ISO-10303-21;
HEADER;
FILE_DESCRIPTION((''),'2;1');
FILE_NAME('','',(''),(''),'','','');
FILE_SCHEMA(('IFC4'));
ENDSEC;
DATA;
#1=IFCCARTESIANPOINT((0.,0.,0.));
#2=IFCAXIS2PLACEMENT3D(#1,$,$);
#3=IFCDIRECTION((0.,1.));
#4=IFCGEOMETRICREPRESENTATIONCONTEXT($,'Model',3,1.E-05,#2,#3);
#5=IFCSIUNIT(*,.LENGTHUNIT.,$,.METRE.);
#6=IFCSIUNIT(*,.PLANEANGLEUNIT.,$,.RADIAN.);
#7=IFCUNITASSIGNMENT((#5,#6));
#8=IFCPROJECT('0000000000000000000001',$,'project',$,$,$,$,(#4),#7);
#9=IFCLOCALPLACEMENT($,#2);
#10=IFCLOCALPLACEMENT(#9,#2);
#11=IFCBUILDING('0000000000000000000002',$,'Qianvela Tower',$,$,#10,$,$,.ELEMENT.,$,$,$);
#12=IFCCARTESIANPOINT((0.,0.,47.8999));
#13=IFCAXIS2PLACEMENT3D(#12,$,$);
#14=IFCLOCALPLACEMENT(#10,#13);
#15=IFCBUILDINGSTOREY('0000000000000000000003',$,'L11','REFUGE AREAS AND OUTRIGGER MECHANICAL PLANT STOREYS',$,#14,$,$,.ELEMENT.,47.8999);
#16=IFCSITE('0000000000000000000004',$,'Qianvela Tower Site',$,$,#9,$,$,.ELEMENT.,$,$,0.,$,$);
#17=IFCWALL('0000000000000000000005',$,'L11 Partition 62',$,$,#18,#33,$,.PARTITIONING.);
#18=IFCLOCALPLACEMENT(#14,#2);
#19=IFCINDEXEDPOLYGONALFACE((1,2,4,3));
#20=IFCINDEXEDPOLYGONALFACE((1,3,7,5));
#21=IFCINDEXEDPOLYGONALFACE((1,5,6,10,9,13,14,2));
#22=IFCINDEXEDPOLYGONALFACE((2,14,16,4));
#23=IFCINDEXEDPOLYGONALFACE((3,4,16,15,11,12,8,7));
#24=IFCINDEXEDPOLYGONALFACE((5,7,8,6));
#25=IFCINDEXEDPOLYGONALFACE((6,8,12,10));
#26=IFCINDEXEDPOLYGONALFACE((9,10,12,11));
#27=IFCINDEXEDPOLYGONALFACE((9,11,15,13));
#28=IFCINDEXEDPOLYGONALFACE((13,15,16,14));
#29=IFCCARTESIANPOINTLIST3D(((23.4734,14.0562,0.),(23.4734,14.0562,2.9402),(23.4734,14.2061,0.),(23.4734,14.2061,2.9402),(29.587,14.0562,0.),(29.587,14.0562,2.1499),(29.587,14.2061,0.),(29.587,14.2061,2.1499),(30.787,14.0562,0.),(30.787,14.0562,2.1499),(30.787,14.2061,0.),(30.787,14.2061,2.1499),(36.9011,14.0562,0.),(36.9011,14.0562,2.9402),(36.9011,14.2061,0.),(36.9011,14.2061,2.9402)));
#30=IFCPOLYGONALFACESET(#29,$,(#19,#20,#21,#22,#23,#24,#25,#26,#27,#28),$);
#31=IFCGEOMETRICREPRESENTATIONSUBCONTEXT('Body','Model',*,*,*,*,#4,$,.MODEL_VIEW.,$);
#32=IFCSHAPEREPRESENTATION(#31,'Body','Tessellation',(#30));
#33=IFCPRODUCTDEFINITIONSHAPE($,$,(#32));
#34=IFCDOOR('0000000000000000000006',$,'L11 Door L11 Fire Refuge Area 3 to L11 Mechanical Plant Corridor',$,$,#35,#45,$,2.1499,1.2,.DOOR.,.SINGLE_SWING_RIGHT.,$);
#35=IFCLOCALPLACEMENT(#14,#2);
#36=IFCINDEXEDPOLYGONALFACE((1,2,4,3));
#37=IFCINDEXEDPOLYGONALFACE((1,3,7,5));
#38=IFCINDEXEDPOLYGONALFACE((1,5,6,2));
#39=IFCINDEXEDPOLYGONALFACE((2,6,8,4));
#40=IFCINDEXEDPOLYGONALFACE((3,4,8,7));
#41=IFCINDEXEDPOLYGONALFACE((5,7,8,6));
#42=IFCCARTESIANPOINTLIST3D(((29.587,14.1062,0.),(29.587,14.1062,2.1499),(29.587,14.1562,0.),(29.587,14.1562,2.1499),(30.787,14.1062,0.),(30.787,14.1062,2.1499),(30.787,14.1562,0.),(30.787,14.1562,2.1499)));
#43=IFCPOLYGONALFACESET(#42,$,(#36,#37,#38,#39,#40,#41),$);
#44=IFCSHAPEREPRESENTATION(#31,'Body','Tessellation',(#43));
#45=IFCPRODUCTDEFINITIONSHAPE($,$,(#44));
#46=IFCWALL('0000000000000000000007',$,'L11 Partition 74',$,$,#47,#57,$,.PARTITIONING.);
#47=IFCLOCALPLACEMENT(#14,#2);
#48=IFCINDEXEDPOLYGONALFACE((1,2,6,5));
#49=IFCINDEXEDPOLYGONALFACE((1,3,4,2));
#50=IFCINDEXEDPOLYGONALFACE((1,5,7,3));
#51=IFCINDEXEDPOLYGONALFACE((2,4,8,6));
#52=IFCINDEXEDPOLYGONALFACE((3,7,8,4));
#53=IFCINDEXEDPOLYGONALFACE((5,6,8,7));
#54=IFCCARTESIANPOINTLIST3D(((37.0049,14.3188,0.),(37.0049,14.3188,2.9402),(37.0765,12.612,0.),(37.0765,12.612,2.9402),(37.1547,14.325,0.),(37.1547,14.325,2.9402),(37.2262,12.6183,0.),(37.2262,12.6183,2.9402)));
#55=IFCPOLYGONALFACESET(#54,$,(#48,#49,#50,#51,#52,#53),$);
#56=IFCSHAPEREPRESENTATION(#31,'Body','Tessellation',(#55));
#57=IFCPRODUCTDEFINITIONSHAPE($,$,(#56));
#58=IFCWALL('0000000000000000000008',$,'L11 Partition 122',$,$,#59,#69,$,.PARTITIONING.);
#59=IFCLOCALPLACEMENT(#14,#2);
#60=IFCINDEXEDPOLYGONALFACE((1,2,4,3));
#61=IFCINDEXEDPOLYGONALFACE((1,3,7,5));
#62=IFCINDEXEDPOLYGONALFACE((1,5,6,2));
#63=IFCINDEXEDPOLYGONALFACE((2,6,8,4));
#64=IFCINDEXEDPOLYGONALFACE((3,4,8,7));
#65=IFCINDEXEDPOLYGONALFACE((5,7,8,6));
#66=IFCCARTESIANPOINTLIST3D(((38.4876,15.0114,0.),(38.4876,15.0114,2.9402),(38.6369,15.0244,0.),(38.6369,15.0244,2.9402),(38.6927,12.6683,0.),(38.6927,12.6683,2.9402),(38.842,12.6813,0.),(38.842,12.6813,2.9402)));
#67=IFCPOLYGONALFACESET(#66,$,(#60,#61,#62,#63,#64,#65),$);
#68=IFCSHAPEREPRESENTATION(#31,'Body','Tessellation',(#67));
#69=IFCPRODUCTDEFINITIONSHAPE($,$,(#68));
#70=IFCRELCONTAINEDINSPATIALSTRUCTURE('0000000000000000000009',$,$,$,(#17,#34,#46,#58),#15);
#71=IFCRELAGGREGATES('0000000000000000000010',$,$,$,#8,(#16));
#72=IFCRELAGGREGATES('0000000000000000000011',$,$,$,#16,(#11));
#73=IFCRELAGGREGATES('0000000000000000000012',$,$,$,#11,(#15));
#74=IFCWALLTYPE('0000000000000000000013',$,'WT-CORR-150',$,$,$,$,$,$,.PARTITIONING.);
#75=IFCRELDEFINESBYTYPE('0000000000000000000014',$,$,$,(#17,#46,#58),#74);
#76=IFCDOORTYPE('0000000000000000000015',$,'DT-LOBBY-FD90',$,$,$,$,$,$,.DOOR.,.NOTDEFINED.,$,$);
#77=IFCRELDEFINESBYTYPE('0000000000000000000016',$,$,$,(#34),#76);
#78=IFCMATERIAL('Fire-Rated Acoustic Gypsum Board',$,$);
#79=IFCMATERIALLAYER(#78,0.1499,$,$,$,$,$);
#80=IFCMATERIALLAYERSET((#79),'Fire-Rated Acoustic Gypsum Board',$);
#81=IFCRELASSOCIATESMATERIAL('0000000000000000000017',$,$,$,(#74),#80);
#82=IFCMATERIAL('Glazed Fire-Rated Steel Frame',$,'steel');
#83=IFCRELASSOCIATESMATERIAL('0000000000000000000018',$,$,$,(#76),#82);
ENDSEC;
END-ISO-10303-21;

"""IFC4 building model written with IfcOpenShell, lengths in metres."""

from ifc_helpers import new_model, si_unit, direction, frame, frame_2d, origin, place, context, subcontext, project, spatial, rectangle, extrude, material, layer, layer_set, type_object, element, fill, save


model = new_model("IFC4")

# Units and contexts
model_context = context("Model", 3, precision=1e-05, world=origin(), true_north=direction((0.0, 1.0)))
body_context = subcontext(model_context, "Body", "Model", "MODEL_VIEW")
ifc_project = project(units=[si_unit("LENGTHUNIT", "METRE"), si_unit("PLANEANGLEUNIT", "RADIAN")], contexts=[model_context])

# Site, building, storey
site_placement = place(None, origin())
site = spatial("IfcSite", under=ifc_project, at=site_placement, Name="Qianvela Tower Site", CompositionType="ELEMENT", RefElevation=0.0)
building_placement = place(site_placement, origin())
building = spatial("IfcBuilding", under=site, at=building_placement, Name="Qianvela Tower", CompositionType="ELEMENT")
storey_placement = place(building_placement, frame((0.0, 0.0, 47.8999)))
storey = spatial("IfcBuildingStorey", under=building, at=storey_placement, Name="L11", Description="REFUGE AREAS AND OUTRIGGER MECHANICAL PLANT STOREYS", CompositionType="ELEMENT", Elevation=47.8999)

# Wall, opening, door
ifc_material_1 = material(Name="Fire-Rated Acoustic Gypsum Board")
ifc_layer_1 = layer(ifc_material_1, 0.1499)
ifc_layer_set_1 = layer_set([ifc_layer_1], Name="Fire-Rated Acoustic Gypsum Board")
wall_type = type_object("IfcWallType", Name="WT-CORR-150", PredefinedType="PARTITIONING", material=ifc_layer_set_1)
wall_1_placement = place(storey_placement, frame((36.9011, 14.1311, 0.0), z_axis=(0.0, 0.0, 1.0), x_axis=(-1.0, 0.0, 0.0)))
wall_1 = element("IfcWall", 1, at=wall_1_placement, inside=storey, type_object=wall_type, Name="L11 Partition 62", PredefinedType="PARTITIONING", context=body_context, shape_type="SweptSolid", body=[
    extrude(rectangle(XDim=13.4277, YDim=0.1499, at=frame_2d((6.7139, 0.0))), origin(), (0.0, 0.0, 1.0), 2.9402),
])
opening_placement = place(wall_1_placement, frame((6.114, 0.0, 0.0)))
opening = element("IfcOpeningElement", 2, at=opening_placement, cuts=wall_1, PredefinedType="OPENING", context=body_context, shape_type="SweptSolid", body=[
    extrude(rectangle(XDim=1.2, YDim=2.1499, at=frame_2d((0.6001, 1.075))), frame((0.0, 0.085, 0.0), z_axis=(0.0, -1.0, 0.0), x_axis=(1.0, 0.0, 0.0)), (0.0, 0.0, 1.0), 0.1699),
])
ifc_material_2 = material(Name="Glazed Fire-Rated Steel Frame", Category="steel")
door_type = type_object("IfcDoorType", Name="DT-LOBBY-FD90", OperationType="NOTDEFINED", PredefinedType="DOOR", material=ifc_material_2)
door_placement = place(opening_placement, origin())
door = element("IfcDoor", 3, at=door_placement, inside=storey, type_object=door_type, Name="L11 Door L11 Fire Refuge Area 3 to L11 Mechanical Plant Corridor", OperationType="SINGLE_SWING_RIGHT", OverallHeight=2.1499, OverallWidth=1.2, PredefinedType="DOOR", context=body_context, shape_type="SweptSolid", body=[
    extrude(rectangle(XDim=1.2, YDim=2.1499, at=frame_2d((0.6001, 1.075))), frame((0.0, 0.0249, 0.0), z_axis=(0.0, -1.0, 0.0), x_axis=(1.0, 0.0, 0.0)), (0.0, 0.0, 1.0), 0.05),
])
fill(opening, door)

# Walls
wall_2_placement = place(storey_placement, frame((37.0798, 14.3218, 0.0), z_axis=(0.0, 0.0, 1.0), x_axis=(0.041874, -0.999123, 0.0)))
element("IfcWall", 4, at=wall_2_placement, inside=storey, type_object=wall_type, Name="L11 Partition 74", PredefinedType="PARTITIONING", context=body_context, shape_type="SweptSolid", body=[
    extrude(rectangle(XDim=1.7083, YDim=0.1499, at=frame_2d((0.854, 0.0))), origin(), (0.0, 0.0, 1.0), 2.9402),
])
wall_3_placement = place(storey_placement, frame((38.7673, 12.6748, 0.0), z_axis=(0.0, 0.0, 1.0), x_axis=(-0.087194, 0.996191, 0.0)))
element("IfcWall", 5, at=wall_3_placement, inside=storey, type_object=wall_type, Name="L11 Partition 122", PredefinedType="PARTITIONING", context=body_context, shape_type="SweptSolid", body=[
    extrude(rectangle(XDim=2.3521, YDim=0.1499, at=frame_2d((1.176, 0.0))), origin(), (0.0, 0.0, 1.0), 2.9402),
])

save(model, "model.ifc")
